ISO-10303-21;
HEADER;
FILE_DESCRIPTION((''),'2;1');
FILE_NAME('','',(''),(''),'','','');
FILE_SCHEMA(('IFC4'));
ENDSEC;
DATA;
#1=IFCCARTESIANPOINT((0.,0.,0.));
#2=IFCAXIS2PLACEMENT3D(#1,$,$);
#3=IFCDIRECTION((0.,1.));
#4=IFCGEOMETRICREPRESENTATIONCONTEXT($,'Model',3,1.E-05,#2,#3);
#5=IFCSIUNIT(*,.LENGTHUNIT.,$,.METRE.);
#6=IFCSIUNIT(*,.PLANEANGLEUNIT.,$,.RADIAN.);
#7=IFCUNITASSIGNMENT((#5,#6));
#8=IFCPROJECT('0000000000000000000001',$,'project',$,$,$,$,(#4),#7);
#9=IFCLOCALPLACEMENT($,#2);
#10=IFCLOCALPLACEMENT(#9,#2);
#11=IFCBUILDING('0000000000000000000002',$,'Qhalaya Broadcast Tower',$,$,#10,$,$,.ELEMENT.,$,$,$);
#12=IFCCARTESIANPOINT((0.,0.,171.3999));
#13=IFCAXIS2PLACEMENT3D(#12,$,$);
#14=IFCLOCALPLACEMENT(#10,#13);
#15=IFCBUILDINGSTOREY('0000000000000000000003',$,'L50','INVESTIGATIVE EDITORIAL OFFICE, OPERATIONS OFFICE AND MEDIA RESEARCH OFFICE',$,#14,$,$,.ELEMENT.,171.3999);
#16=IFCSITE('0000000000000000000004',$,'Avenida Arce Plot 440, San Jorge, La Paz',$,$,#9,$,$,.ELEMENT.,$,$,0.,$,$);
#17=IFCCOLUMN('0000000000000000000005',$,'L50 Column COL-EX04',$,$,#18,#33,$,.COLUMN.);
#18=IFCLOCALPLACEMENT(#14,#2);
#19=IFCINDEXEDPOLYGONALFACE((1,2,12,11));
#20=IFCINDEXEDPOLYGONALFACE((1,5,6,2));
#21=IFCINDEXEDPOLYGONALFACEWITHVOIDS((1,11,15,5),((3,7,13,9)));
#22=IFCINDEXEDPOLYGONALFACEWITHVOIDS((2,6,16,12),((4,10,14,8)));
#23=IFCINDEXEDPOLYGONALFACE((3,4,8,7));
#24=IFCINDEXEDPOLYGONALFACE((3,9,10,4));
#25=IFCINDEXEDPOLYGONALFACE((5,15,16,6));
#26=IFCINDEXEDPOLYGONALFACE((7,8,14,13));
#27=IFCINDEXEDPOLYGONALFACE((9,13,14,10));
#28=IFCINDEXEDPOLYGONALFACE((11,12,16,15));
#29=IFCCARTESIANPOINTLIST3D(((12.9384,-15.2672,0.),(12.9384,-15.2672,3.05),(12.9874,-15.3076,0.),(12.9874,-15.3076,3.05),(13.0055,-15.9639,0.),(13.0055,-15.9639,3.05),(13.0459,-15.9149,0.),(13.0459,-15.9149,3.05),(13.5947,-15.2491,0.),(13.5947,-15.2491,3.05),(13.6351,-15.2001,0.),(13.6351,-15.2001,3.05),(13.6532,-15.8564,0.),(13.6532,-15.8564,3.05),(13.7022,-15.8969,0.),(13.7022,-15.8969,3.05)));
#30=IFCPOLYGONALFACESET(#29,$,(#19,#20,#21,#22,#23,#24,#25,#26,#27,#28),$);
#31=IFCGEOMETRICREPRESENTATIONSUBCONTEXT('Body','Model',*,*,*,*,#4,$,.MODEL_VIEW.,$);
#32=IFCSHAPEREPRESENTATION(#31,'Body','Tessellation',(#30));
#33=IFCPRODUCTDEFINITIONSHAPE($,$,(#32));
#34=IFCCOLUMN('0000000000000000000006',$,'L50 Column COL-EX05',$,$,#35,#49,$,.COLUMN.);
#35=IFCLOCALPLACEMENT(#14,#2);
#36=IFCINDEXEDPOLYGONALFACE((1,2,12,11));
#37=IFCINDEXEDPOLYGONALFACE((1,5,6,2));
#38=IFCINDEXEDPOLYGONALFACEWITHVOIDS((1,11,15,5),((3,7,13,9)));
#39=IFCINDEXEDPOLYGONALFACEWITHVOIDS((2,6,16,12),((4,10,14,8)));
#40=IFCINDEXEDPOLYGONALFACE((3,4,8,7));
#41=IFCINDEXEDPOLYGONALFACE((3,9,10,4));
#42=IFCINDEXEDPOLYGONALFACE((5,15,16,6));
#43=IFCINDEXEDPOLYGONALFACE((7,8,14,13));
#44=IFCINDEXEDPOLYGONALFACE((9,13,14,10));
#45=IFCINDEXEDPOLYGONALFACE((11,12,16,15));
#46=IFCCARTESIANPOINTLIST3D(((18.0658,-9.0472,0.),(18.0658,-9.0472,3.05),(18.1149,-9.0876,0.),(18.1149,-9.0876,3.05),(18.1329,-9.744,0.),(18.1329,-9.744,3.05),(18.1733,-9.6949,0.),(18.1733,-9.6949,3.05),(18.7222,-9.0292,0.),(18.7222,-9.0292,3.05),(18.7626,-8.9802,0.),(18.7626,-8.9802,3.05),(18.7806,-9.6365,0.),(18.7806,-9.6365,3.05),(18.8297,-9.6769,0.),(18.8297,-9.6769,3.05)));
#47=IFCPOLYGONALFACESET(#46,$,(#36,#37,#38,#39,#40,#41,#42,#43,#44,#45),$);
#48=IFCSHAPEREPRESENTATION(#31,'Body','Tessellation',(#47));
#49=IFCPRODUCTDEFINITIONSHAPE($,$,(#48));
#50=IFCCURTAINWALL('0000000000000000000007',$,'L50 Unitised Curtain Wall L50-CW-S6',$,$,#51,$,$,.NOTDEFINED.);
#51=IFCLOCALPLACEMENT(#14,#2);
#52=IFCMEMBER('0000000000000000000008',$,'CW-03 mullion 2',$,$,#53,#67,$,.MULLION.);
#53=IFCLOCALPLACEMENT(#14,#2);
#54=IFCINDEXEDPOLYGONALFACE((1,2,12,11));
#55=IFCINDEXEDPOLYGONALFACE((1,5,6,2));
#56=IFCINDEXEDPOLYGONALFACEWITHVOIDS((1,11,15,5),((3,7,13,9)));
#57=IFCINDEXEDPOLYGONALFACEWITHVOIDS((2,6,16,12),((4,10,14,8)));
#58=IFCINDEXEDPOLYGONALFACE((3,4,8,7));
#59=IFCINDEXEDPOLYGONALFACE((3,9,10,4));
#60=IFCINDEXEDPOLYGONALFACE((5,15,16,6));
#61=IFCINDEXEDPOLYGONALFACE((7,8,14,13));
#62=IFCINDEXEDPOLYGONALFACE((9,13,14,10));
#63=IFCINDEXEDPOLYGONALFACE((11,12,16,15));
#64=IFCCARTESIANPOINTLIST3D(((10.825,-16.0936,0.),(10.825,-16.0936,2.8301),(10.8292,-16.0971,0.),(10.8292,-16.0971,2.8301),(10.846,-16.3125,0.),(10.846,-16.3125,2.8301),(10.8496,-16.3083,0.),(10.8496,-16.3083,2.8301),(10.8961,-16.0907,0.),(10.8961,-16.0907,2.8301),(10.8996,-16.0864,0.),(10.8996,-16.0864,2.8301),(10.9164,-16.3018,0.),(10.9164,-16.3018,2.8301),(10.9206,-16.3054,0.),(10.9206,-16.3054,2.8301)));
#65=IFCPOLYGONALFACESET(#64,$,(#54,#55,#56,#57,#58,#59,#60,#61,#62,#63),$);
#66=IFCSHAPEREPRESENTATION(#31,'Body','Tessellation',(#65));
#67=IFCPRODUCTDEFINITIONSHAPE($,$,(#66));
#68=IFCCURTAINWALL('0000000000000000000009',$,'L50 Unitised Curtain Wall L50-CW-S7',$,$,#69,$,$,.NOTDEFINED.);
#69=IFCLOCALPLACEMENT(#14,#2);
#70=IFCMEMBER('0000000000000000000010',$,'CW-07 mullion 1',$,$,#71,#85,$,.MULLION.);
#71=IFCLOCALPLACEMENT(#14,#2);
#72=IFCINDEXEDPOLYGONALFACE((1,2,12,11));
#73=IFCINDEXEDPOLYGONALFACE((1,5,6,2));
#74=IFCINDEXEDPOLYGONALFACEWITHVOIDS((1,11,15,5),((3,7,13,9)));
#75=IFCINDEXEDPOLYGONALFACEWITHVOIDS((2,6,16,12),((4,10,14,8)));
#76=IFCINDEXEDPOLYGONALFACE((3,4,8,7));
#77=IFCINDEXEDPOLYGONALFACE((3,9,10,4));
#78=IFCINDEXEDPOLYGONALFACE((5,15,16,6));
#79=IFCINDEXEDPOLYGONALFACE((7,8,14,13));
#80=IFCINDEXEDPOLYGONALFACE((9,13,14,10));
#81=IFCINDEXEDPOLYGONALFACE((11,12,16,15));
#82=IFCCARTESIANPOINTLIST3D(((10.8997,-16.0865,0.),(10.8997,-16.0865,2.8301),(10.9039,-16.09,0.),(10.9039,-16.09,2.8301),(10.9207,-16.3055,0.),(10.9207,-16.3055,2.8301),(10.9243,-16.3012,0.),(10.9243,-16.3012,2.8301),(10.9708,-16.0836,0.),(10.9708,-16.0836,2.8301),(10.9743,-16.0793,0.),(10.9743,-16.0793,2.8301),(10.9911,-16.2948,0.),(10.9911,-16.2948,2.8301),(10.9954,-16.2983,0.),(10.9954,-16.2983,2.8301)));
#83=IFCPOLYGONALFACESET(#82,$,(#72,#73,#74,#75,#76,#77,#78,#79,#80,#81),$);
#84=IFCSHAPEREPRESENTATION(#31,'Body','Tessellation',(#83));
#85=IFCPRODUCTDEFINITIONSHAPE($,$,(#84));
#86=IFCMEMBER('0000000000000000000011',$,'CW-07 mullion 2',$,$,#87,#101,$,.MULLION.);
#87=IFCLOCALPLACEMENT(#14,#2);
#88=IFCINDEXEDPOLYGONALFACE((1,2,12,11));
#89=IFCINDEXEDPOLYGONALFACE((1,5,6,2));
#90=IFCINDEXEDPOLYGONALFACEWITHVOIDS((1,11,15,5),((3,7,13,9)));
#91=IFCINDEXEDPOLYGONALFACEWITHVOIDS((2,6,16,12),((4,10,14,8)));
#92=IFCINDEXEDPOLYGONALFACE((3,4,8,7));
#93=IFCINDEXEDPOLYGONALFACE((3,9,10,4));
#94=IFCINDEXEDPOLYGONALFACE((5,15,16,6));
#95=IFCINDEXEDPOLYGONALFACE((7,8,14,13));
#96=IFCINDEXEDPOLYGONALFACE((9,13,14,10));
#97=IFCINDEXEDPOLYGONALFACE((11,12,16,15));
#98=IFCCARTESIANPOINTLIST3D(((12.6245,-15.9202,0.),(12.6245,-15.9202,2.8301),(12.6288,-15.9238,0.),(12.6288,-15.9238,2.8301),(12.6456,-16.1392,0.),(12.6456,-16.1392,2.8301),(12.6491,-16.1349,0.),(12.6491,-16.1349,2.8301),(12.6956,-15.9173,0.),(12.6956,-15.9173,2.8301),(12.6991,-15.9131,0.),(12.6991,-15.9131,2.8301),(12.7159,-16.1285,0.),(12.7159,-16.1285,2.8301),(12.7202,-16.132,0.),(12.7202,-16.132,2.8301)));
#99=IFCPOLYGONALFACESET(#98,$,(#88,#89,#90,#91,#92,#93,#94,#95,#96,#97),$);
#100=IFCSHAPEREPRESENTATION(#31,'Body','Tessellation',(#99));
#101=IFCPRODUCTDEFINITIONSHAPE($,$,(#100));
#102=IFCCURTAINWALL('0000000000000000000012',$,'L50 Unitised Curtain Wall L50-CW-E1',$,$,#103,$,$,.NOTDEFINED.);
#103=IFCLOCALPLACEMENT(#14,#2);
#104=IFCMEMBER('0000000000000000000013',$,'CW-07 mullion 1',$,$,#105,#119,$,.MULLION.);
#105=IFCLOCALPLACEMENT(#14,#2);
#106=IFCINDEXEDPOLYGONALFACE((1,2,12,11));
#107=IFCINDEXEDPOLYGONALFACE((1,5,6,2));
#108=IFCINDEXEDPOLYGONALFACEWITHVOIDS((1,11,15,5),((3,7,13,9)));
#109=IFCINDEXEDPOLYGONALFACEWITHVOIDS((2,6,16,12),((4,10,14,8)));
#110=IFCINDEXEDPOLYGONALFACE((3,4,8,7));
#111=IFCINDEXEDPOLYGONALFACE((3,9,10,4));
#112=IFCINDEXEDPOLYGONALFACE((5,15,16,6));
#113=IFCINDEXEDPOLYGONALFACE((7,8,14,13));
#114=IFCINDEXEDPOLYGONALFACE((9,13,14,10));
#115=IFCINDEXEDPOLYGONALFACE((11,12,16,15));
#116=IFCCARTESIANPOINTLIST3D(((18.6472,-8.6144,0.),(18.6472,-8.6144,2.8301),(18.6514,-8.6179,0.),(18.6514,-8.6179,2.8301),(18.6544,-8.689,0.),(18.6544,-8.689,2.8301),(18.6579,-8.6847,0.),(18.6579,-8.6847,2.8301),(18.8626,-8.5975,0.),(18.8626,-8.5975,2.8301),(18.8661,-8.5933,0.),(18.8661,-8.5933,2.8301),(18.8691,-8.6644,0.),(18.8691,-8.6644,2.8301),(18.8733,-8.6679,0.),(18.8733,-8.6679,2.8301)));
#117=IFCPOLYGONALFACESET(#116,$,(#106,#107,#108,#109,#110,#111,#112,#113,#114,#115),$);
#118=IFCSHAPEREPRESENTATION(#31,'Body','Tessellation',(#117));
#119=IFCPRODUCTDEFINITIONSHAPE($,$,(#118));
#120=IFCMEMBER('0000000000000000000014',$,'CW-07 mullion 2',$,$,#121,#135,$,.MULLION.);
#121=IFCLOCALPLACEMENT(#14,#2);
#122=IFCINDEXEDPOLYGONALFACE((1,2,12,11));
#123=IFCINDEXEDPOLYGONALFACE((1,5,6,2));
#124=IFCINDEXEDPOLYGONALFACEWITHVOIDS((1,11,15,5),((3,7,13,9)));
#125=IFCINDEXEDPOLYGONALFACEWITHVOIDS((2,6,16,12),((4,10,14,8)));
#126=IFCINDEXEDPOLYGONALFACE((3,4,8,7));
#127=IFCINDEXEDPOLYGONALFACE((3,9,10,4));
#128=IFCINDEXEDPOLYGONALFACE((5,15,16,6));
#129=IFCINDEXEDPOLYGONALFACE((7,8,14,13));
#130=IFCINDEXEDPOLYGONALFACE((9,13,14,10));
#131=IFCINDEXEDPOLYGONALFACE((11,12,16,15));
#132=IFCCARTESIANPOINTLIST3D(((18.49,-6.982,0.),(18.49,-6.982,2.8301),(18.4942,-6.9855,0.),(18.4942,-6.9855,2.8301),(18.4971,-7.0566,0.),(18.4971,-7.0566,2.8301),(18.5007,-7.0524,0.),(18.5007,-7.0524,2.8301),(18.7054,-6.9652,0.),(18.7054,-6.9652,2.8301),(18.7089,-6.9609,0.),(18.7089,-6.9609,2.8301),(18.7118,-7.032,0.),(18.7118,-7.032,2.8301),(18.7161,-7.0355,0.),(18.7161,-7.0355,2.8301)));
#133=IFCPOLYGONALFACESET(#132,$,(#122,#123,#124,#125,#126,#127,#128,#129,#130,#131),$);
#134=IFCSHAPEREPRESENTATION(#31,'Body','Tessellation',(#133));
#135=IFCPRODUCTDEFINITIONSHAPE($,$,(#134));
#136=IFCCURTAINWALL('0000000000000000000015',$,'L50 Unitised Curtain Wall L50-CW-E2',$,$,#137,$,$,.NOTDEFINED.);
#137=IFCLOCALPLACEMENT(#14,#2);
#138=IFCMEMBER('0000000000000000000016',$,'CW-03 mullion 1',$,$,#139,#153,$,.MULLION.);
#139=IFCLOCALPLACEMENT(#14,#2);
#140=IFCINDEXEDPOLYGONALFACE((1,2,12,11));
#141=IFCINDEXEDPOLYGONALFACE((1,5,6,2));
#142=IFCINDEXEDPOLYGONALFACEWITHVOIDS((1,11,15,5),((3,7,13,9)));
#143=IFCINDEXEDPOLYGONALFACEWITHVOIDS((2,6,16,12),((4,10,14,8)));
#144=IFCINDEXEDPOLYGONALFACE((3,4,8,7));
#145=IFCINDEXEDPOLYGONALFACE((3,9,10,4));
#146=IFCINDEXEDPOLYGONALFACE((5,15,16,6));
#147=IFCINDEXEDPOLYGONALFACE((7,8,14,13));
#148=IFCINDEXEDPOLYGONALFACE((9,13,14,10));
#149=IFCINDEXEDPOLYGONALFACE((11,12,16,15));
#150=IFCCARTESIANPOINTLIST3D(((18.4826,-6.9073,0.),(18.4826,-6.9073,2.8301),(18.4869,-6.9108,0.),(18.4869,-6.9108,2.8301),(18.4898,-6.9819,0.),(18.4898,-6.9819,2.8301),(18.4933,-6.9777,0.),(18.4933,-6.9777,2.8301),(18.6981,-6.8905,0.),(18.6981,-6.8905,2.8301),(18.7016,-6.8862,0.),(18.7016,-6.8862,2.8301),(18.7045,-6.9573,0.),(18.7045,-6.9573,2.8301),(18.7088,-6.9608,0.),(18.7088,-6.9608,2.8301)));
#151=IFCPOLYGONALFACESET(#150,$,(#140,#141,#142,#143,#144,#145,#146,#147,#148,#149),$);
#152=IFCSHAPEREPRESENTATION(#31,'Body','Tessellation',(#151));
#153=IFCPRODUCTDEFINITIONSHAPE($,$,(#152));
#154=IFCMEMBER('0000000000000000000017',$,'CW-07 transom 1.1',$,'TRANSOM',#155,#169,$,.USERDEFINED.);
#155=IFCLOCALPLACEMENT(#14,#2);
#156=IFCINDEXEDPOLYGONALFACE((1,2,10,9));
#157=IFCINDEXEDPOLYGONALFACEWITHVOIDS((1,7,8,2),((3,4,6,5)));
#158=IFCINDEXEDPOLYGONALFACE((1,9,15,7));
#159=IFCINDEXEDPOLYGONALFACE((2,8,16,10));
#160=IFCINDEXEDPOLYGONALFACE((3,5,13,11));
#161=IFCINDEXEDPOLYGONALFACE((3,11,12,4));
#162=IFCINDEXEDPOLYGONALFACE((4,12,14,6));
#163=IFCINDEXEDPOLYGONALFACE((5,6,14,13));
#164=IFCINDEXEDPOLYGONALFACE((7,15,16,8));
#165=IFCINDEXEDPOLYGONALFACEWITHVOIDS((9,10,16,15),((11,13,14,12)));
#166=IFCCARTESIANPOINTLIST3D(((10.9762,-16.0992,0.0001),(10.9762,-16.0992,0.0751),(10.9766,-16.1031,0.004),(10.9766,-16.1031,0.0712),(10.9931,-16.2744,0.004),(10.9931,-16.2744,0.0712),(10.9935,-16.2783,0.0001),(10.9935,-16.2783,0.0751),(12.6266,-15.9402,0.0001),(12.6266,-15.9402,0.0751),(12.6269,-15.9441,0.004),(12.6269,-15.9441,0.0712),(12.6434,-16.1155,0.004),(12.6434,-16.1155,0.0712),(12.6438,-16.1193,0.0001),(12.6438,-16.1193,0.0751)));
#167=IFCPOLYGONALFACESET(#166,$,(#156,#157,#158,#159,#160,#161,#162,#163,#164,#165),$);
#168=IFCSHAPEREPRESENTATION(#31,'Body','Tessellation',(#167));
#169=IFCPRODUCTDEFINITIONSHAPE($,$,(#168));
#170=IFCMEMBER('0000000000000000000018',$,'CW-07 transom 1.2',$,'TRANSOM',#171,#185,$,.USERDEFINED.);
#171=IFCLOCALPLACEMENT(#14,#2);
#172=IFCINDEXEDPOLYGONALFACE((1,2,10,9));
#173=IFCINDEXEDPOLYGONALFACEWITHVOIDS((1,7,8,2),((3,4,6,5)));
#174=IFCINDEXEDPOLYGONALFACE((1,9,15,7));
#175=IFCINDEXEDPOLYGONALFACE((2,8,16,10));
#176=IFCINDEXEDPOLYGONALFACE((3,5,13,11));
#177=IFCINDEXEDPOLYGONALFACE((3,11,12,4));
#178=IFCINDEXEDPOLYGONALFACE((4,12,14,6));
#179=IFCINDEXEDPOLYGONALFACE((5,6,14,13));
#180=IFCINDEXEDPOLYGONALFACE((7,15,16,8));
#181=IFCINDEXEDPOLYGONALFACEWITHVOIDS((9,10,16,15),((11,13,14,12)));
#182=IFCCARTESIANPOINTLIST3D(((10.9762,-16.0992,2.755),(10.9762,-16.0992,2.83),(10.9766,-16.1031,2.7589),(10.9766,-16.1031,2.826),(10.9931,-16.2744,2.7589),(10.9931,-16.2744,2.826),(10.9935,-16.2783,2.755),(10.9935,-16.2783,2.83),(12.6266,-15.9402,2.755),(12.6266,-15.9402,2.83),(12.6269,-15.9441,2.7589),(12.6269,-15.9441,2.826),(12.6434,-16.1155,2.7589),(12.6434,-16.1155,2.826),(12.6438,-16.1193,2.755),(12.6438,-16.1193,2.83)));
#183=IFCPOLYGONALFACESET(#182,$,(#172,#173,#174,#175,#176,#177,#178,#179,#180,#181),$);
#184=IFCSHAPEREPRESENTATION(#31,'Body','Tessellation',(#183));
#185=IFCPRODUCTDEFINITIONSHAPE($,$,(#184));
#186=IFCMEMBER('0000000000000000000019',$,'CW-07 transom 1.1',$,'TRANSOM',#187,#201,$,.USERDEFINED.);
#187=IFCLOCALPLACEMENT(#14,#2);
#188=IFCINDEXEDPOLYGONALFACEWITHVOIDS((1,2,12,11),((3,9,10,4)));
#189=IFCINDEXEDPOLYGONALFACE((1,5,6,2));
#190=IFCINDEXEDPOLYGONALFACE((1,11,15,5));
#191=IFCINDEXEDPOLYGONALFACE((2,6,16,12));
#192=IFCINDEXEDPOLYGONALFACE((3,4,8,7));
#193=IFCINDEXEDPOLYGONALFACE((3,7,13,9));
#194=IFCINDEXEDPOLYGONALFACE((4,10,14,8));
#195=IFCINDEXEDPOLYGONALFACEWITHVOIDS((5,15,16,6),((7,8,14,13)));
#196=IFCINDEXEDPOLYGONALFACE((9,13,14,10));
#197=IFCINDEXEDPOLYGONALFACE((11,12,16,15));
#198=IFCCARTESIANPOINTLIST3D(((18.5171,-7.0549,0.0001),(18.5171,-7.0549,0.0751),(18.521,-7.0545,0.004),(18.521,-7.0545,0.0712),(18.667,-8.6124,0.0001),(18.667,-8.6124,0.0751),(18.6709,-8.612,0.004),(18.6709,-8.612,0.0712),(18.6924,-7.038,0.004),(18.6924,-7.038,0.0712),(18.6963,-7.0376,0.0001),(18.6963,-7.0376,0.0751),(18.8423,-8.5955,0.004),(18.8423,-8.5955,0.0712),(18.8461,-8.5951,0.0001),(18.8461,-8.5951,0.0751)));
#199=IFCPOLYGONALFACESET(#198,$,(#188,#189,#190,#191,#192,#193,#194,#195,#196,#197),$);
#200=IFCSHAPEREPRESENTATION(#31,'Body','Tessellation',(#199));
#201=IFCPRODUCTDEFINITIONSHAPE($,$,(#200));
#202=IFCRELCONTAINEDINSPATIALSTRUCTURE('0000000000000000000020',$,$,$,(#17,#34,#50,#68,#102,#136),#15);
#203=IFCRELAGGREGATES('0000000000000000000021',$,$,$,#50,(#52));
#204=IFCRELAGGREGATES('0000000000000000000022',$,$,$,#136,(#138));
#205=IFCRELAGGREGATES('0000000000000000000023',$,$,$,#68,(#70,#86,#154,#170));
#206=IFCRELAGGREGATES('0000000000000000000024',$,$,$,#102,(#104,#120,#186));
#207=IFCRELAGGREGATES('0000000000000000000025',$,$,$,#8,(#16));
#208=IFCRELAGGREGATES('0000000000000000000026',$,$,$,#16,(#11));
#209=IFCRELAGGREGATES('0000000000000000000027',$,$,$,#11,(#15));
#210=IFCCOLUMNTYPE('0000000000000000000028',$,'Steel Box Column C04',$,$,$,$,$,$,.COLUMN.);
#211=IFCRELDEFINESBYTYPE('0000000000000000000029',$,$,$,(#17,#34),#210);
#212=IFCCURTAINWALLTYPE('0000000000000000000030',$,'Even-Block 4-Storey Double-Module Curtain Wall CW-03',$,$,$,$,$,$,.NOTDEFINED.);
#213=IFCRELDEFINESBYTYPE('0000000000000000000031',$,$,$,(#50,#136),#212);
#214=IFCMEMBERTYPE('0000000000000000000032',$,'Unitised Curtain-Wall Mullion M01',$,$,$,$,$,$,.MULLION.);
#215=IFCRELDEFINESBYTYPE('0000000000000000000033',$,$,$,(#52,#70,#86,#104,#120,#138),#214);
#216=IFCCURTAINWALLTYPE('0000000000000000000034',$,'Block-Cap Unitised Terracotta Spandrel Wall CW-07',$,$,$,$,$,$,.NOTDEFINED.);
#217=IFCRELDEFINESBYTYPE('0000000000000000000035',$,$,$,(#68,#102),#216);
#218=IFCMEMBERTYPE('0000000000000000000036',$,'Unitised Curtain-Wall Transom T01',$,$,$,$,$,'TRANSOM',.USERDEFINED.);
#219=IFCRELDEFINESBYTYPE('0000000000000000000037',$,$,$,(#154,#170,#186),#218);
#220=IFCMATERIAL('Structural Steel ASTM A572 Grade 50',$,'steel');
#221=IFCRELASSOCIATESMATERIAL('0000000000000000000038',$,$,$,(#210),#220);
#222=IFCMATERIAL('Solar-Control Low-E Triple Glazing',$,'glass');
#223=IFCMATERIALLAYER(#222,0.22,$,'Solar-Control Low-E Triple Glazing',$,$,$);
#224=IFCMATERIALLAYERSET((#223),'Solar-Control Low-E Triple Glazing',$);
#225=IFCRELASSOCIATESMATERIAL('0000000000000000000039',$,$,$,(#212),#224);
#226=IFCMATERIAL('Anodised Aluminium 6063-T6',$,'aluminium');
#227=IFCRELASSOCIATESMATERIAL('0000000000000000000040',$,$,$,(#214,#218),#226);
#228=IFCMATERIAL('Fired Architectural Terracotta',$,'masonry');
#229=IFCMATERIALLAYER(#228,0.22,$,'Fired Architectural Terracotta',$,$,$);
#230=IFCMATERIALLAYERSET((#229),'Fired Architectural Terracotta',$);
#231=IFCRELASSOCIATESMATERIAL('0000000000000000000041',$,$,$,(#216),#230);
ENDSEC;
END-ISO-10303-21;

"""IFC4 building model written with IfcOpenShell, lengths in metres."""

from ifc_helpers import new_model, si_unit, direction, frame, origin, origin_2d, place, context, subcontext, project, spatial, hollow_rectangle, extrude, material, layer, layer_set, material_profile, profile_set, type_object, element, aggregate, save


model = new_model("IFC4")

# Units and contexts
model_context = context("Model", 3, precision=1e-05, world=origin(), true_north=direction((0.0, 1.0)))
body_context = subcontext(model_context, "Body", "Model", "MODEL_VIEW")
ifc_project = project(units=[si_unit("LENGTHUNIT", "METRE"), si_unit("PLANEANGLEUNIT", "RADIAN")], contexts=[model_context])

# Site, building, storey
site_placement = place(None, origin())
site = spatial("IfcSite", under=ifc_project, at=site_placement, Name="Avenida Arce Plot 440, San Jorge, La Paz", CompositionType="ELEMENT", RefElevation=0.0)
building_placement = place(site_placement, origin())
building = spatial("IfcBuilding", under=site, at=building_placement, Name="Qhalaya Broadcast Tower", CompositionType="ELEMENT")
storey_placement = place(building_placement, frame((0.0, 0.0, 171.3999)))
storey = spatial("IfcBuildingStorey", under=building, at=storey_placement, Name="L50", Description="INVESTIGATIVE EDITORIAL OFFICE, OPERATIONS OFFICE AND MEDIA RESEARCH OFFICE", CompositionType="ELEMENT", Elevation=171.3999)

# Columns
ifc_material_1 = material(Name="Structural Steel ASTM A572 Grade 50", Category="steel")
ifc_material_profile_1 = material_profile(ifc_material_1, hollow_rectangle(XDim=0.7, YDim=0.7, WallThickness=0.0449, at=origin_2d()), Name="BOX 700x700x45")
ifc_profile_set_1 = profile_set([ifc_material_profile_1], Name="Structural Steel ASTM A572 Grade 50")
column_type = type_object("IfcColumnType", Name="Steel Box Column C04", PredefinedType="COLUMN", material=ifc_profile_set_1)
for number, where, z_axis, x_axis, name in (
    (1, (13.3203, -15.582, 0.0), (0.0, 0.0, 1.0), (0.995396, 0.095846, 0.0), "L50 Column COL-EX04"),
    (2, (18.4478, -9.3621, 0.0), (0.0, 0.0, 1.0), (-0.095846, 0.995396, 0.0), "L50 Column COL-EX05"),
):
    element("IfcColumn", number, at=place(storey_placement, frame(where, z_axis=z_axis, x_axis=x_axis)), inside=storey, type_object=column_type, Name=name, PredefinedType="COLUMN", context=body_context, shape_type="SweptSolid", body=[
        extrude(hollow_rectangle(XDim=0.7, YDim=0.7, WallThickness=0.0449, at=origin_2d()), origin(), (0.0, 0.0, 1.0), 3.05),
    ])

# Curtain wall, member
ifc_material_2 = material(Name="Solar-Control Low-E Triple Glazing", Category="glass")
ifc_layer_1 = layer(ifc_material_2, 0.22, Name="Solar-Control Low-E Triple Glazing")
ifc_layer_set_1 = layer_set([ifc_layer_1], Name="Solar-Control Low-E Triple Glazing")
curtain_wall_type_1 = type_object("IfcCurtainWallType", Name="Even-Block 4-Storey Double-Module Curtain Wall CW-03", PredefinedType="NOTDEFINED", material=ifc_layer_set_1)
curtain_wall_1_placement = place(storey_placement, origin())
curtain_wall_1 = element("IfcCurtainWall", 3, at=curtain_wall_1_placement, inside=storey, type_object=curtain_wall_type_1, Name="L50 Unitised Curtain Wall L50-CW-S6", PredefinedType="NOTDEFINED")
ifc_material_3 = material(Name="Anodised Aluminium 6063-T6", Category="aluminium")
ifc_material_profile_2 = material_profile(ifc_material_3, hollow_rectangle(XDim=0.075, YDim=0.22, WallThickness=0.0039, at=origin_2d()), Name="ALU-MUL 75x220x4")
ifc_profile_set_2 = profile_set([ifc_material_profile_2], Name="Anodised Aluminium 6063-T6")
member_type_1 = type_object("IfcMemberType", Name="Unitised Curtain-Wall Mullion M01", PredefinedType="MULLION", material=ifc_profile_set_2)
member_1_placement = place(storey_placement, frame((10.8728, -16.1995, 0.0), z_axis=(0.0, 0.0, 1.0), x_axis=(0.995397, 0.095834, 0.0)))
member_1 = element("IfcMember", 4, at=member_1_placement, type_object=member_type_1, Name="CW-03 mullion 2", PredefinedType="MULLION", context=body_context, shape_type="SweptSolid", body=[
    extrude(hollow_rectangle(XDim=0.075, YDim=0.22, WallThickness=0.0039, at=origin_2d()), origin(), (0.0, 0.0, 1.0), 2.8301),
])
aggregate(curtain_wall_1, [member_1])

# Curtain walls, members
ifc_material_4 = material(Name="Fired Architectural Terracotta", Category="masonry")
ifc_layer_2 = layer(ifc_material_4, 0.22, Name="Fired Architectural Terracotta")
ifc_layer_set_2 = layer_set([ifc_layer_2], Name="Fired Architectural Terracotta")
curtain_wall_type_2 = type_object("IfcCurtainWallType", Name="Block-Cap Unitised Terracotta Spandrel Wall CW-07", PredefinedType="NOTDEFINED", material=ifc_layer_set_2)
curtain_wall_2_placement = place(storey_placement, origin())
curtain_wall_2 = element("IfcCurtainWall", 5, at=curtain_wall_2_placement, inside=storey, type_object=curtain_wall_type_2, Name="L50 Unitised Curtain Wall L50-CW-S7", PredefinedType="NOTDEFINED")
member_2_placement = place(storey_placement, frame((10.9475, -16.1924, 0.0), z_axis=(0.0, 0.0, 1.0), x_axis=(0.995395, 0.095856, 0.0)))
member_2 = element("IfcMember", 6, at=member_2_placement, type_object=member_type_1, Name="CW-07 mullion 1", PredefinedType="MULLION", context=body_context, shape_type="SweptSolid", body=[
    extrude(hollow_rectangle(XDim=0.075, YDim=0.22, WallThickness=0.0039, at=origin_2d()), origin(), (0.0, 0.0, 1.0), 2.8301),
])
member_3_placement = place(storey_placement, frame((12.6724, -16.0261, 0.0), z_axis=(0.0, 0.0, 1.0), x_axis=(0.995395, 0.095856, 0.0)))
member_3 = element("IfcMember", 7, at=member_3_placement, type_object=member_type_1, Name="CW-07 mullion 2", PredefinedType="MULLION", context=body_context, shape_type="SweptSolid", body=[
    extrude(hollow_rectangle(XDim=0.075, YDim=0.22, WallThickness=0.0039, at=origin_2d()), origin(), (0.0, 0.0, 1.0), 2.8301),
])
curtain_wall_3_placement = place(storey_placement, origin())
curtain_wall_3 = element("IfcCurtainWall", 8, at=curtain_wall_3_placement, inside=storey, type_object=curtain_wall_type_2, Name="L50 Unitised Curtain Wall L50-CW-E1", PredefinedType="NOTDEFINED")
member_4_placement = place(storey_placement, frame((18.7603, -8.6411, 0.0), z_axis=(0.0, 0.0, 1.0), x_axis=(-0.09586, 0.995395, 0.0)))
member_4 = element("IfcMember", 9, at=member_4_placement, type_object=member_type_1, Name="CW-07 mullion 1", PredefinedType="MULLION", context=body_context, shape_type="SweptSolid", body=[
    extrude(hollow_rectangle(XDim=0.075, YDim=0.22, WallThickness=0.0039, at=origin_2d()), origin(), (0.0, 0.0, 1.0), 2.8301),
])
member_5_placement = place(storey_placement, frame((18.603, -7.0088, 0.0), z_axis=(0.0, 0.0, 1.0), x_axis=(-0.09586, 0.995395, 0.0)))
member_5 = element("IfcMember", 10, at=member_5_placement, type_object=member_type_1, Name="CW-07 mullion 2", PredefinedType="MULLION", context=body_context, shape_type="SweptSolid", body=[
    extrude(hollow_rectangle(XDim=0.075, YDim=0.22, WallThickness=0.0039, at=origin_2d()), origin(), (0.0, 0.0, 1.0), 2.8301),
])

# Curtain wall, member
curtain_wall_4_placement = place(storey_placement, origin())
curtain_wall_4 = element("IfcCurtainWall", 11, at=curtain_wall_4_placement, inside=storey, type_object=curtain_wall_type_1, Name="L50 Unitised Curtain Wall L50-CW-E2", PredefinedType="NOTDEFINED")
member_6_placement = place(storey_placement, frame((18.5957, -6.9341, 0.0), z_axis=(0.0, 0.0, 1.0), x_axis=(-0.09583, 0.995398, 0.0)))
member_6 = element("IfcMember", 12, at=member_6_placement, type_object=member_type_1, Name="CW-03 mullion 1", PredefinedType="MULLION", context=body_context, shape_type="SweptSolid", body=[
    extrude(hollow_rectangle(XDim=0.075, YDim=0.22, WallThickness=0.0039, at=origin_2d()), origin(), (0.0, 0.0, 1.0), 2.8301),
])
aggregate(curtain_wall_4, [member_6])

# Members
ifc_material_profile_3 = material_profile(ifc_material_3, hollow_rectangle(XDim=0.075, YDim=0.1799, WallThickness=0.0039, at=origin_2d()), Name="ALU-TRN 75x180x4")
ifc_profile_set_3 = profile_set([ifc_material_profile_3], Name="Anodised Aluminium 6063-T6")
member_type_2 = type_object("IfcMemberType", Name="Unitised Curtain-Wall Transom T01", ElementType="TRANSOM", PredefinedType="USERDEFINED", material=ifc_profile_set_3)
member_7_placement = place(storey_placement, frame((10.9849, -16.1887, 0.0376), z_axis=(0.995395, 0.095858, 0.0), x_axis=(0.0, 0.0, 1.0)))
member_7 = element("IfcMember", 13, at=member_7_placement, type_object=member_type_2, Name="CW-07 transom 1.1", ObjectType="TRANSOM", PredefinedType="USERDEFINED", context=body_context, shape_type="SweptSolid", body=[
    extrude(hollow_rectangle(XDim=0.075, YDim=0.1799, WallThickness=0.0039, at=origin_2d()), origin(), (0.0, 0.0, 1.0), 1.658),
])
member_8_placement = place(storey_placement, frame((10.9849, -16.1887, 2.7925), z_axis=(0.995395, 0.095858, 0.0), x_axis=(0.0, 0.0, 1.0)))
member_8 = element("IfcMember", 14, at=member_8_placement, type_object=member_type_2, Name="CW-07 transom 1.2", ObjectType="TRANSOM", PredefinedType="USERDEFINED", context=body_context, shape_type="SweptSolid", body=[
    extrude(hollow_rectangle(XDim=0.075, YDim=0.1799, WallThickness=0.0039, at=origin_2d()), origin(), (0.0, 0.0, 1.0), 1.658),
])
member_9_placement = place(storey_placement, frame((18.7566, -8.6038, 0.0376), z_axis=(-0.095796, 0.995401, 0.0), x_axis=(0.0, 0.0, 1.0)))
member_9 = element("IfcMember", 15, at=member_9_placement, type_object=member_type_2, Name="CW-07 transom 1.1", ObjectType="TRANSOM", PredefinedType="USERDEFINED", context=body_context, shape_type="SweptSolid", body=[
    extrude(hollow_rectangle(XDim=0.075, YDim=0.1799, WallThickness=0.0039, at=origin_2d()), origin(), (0.0, 0.0, 1.0), 1.5647),
])

aggregate(curtain_wall_2, [member_2, member_3, member_7, member_8])
aggregate(curtain_wall_3, [member_4, member_5, member_9])

save(model, "model.ifc")
